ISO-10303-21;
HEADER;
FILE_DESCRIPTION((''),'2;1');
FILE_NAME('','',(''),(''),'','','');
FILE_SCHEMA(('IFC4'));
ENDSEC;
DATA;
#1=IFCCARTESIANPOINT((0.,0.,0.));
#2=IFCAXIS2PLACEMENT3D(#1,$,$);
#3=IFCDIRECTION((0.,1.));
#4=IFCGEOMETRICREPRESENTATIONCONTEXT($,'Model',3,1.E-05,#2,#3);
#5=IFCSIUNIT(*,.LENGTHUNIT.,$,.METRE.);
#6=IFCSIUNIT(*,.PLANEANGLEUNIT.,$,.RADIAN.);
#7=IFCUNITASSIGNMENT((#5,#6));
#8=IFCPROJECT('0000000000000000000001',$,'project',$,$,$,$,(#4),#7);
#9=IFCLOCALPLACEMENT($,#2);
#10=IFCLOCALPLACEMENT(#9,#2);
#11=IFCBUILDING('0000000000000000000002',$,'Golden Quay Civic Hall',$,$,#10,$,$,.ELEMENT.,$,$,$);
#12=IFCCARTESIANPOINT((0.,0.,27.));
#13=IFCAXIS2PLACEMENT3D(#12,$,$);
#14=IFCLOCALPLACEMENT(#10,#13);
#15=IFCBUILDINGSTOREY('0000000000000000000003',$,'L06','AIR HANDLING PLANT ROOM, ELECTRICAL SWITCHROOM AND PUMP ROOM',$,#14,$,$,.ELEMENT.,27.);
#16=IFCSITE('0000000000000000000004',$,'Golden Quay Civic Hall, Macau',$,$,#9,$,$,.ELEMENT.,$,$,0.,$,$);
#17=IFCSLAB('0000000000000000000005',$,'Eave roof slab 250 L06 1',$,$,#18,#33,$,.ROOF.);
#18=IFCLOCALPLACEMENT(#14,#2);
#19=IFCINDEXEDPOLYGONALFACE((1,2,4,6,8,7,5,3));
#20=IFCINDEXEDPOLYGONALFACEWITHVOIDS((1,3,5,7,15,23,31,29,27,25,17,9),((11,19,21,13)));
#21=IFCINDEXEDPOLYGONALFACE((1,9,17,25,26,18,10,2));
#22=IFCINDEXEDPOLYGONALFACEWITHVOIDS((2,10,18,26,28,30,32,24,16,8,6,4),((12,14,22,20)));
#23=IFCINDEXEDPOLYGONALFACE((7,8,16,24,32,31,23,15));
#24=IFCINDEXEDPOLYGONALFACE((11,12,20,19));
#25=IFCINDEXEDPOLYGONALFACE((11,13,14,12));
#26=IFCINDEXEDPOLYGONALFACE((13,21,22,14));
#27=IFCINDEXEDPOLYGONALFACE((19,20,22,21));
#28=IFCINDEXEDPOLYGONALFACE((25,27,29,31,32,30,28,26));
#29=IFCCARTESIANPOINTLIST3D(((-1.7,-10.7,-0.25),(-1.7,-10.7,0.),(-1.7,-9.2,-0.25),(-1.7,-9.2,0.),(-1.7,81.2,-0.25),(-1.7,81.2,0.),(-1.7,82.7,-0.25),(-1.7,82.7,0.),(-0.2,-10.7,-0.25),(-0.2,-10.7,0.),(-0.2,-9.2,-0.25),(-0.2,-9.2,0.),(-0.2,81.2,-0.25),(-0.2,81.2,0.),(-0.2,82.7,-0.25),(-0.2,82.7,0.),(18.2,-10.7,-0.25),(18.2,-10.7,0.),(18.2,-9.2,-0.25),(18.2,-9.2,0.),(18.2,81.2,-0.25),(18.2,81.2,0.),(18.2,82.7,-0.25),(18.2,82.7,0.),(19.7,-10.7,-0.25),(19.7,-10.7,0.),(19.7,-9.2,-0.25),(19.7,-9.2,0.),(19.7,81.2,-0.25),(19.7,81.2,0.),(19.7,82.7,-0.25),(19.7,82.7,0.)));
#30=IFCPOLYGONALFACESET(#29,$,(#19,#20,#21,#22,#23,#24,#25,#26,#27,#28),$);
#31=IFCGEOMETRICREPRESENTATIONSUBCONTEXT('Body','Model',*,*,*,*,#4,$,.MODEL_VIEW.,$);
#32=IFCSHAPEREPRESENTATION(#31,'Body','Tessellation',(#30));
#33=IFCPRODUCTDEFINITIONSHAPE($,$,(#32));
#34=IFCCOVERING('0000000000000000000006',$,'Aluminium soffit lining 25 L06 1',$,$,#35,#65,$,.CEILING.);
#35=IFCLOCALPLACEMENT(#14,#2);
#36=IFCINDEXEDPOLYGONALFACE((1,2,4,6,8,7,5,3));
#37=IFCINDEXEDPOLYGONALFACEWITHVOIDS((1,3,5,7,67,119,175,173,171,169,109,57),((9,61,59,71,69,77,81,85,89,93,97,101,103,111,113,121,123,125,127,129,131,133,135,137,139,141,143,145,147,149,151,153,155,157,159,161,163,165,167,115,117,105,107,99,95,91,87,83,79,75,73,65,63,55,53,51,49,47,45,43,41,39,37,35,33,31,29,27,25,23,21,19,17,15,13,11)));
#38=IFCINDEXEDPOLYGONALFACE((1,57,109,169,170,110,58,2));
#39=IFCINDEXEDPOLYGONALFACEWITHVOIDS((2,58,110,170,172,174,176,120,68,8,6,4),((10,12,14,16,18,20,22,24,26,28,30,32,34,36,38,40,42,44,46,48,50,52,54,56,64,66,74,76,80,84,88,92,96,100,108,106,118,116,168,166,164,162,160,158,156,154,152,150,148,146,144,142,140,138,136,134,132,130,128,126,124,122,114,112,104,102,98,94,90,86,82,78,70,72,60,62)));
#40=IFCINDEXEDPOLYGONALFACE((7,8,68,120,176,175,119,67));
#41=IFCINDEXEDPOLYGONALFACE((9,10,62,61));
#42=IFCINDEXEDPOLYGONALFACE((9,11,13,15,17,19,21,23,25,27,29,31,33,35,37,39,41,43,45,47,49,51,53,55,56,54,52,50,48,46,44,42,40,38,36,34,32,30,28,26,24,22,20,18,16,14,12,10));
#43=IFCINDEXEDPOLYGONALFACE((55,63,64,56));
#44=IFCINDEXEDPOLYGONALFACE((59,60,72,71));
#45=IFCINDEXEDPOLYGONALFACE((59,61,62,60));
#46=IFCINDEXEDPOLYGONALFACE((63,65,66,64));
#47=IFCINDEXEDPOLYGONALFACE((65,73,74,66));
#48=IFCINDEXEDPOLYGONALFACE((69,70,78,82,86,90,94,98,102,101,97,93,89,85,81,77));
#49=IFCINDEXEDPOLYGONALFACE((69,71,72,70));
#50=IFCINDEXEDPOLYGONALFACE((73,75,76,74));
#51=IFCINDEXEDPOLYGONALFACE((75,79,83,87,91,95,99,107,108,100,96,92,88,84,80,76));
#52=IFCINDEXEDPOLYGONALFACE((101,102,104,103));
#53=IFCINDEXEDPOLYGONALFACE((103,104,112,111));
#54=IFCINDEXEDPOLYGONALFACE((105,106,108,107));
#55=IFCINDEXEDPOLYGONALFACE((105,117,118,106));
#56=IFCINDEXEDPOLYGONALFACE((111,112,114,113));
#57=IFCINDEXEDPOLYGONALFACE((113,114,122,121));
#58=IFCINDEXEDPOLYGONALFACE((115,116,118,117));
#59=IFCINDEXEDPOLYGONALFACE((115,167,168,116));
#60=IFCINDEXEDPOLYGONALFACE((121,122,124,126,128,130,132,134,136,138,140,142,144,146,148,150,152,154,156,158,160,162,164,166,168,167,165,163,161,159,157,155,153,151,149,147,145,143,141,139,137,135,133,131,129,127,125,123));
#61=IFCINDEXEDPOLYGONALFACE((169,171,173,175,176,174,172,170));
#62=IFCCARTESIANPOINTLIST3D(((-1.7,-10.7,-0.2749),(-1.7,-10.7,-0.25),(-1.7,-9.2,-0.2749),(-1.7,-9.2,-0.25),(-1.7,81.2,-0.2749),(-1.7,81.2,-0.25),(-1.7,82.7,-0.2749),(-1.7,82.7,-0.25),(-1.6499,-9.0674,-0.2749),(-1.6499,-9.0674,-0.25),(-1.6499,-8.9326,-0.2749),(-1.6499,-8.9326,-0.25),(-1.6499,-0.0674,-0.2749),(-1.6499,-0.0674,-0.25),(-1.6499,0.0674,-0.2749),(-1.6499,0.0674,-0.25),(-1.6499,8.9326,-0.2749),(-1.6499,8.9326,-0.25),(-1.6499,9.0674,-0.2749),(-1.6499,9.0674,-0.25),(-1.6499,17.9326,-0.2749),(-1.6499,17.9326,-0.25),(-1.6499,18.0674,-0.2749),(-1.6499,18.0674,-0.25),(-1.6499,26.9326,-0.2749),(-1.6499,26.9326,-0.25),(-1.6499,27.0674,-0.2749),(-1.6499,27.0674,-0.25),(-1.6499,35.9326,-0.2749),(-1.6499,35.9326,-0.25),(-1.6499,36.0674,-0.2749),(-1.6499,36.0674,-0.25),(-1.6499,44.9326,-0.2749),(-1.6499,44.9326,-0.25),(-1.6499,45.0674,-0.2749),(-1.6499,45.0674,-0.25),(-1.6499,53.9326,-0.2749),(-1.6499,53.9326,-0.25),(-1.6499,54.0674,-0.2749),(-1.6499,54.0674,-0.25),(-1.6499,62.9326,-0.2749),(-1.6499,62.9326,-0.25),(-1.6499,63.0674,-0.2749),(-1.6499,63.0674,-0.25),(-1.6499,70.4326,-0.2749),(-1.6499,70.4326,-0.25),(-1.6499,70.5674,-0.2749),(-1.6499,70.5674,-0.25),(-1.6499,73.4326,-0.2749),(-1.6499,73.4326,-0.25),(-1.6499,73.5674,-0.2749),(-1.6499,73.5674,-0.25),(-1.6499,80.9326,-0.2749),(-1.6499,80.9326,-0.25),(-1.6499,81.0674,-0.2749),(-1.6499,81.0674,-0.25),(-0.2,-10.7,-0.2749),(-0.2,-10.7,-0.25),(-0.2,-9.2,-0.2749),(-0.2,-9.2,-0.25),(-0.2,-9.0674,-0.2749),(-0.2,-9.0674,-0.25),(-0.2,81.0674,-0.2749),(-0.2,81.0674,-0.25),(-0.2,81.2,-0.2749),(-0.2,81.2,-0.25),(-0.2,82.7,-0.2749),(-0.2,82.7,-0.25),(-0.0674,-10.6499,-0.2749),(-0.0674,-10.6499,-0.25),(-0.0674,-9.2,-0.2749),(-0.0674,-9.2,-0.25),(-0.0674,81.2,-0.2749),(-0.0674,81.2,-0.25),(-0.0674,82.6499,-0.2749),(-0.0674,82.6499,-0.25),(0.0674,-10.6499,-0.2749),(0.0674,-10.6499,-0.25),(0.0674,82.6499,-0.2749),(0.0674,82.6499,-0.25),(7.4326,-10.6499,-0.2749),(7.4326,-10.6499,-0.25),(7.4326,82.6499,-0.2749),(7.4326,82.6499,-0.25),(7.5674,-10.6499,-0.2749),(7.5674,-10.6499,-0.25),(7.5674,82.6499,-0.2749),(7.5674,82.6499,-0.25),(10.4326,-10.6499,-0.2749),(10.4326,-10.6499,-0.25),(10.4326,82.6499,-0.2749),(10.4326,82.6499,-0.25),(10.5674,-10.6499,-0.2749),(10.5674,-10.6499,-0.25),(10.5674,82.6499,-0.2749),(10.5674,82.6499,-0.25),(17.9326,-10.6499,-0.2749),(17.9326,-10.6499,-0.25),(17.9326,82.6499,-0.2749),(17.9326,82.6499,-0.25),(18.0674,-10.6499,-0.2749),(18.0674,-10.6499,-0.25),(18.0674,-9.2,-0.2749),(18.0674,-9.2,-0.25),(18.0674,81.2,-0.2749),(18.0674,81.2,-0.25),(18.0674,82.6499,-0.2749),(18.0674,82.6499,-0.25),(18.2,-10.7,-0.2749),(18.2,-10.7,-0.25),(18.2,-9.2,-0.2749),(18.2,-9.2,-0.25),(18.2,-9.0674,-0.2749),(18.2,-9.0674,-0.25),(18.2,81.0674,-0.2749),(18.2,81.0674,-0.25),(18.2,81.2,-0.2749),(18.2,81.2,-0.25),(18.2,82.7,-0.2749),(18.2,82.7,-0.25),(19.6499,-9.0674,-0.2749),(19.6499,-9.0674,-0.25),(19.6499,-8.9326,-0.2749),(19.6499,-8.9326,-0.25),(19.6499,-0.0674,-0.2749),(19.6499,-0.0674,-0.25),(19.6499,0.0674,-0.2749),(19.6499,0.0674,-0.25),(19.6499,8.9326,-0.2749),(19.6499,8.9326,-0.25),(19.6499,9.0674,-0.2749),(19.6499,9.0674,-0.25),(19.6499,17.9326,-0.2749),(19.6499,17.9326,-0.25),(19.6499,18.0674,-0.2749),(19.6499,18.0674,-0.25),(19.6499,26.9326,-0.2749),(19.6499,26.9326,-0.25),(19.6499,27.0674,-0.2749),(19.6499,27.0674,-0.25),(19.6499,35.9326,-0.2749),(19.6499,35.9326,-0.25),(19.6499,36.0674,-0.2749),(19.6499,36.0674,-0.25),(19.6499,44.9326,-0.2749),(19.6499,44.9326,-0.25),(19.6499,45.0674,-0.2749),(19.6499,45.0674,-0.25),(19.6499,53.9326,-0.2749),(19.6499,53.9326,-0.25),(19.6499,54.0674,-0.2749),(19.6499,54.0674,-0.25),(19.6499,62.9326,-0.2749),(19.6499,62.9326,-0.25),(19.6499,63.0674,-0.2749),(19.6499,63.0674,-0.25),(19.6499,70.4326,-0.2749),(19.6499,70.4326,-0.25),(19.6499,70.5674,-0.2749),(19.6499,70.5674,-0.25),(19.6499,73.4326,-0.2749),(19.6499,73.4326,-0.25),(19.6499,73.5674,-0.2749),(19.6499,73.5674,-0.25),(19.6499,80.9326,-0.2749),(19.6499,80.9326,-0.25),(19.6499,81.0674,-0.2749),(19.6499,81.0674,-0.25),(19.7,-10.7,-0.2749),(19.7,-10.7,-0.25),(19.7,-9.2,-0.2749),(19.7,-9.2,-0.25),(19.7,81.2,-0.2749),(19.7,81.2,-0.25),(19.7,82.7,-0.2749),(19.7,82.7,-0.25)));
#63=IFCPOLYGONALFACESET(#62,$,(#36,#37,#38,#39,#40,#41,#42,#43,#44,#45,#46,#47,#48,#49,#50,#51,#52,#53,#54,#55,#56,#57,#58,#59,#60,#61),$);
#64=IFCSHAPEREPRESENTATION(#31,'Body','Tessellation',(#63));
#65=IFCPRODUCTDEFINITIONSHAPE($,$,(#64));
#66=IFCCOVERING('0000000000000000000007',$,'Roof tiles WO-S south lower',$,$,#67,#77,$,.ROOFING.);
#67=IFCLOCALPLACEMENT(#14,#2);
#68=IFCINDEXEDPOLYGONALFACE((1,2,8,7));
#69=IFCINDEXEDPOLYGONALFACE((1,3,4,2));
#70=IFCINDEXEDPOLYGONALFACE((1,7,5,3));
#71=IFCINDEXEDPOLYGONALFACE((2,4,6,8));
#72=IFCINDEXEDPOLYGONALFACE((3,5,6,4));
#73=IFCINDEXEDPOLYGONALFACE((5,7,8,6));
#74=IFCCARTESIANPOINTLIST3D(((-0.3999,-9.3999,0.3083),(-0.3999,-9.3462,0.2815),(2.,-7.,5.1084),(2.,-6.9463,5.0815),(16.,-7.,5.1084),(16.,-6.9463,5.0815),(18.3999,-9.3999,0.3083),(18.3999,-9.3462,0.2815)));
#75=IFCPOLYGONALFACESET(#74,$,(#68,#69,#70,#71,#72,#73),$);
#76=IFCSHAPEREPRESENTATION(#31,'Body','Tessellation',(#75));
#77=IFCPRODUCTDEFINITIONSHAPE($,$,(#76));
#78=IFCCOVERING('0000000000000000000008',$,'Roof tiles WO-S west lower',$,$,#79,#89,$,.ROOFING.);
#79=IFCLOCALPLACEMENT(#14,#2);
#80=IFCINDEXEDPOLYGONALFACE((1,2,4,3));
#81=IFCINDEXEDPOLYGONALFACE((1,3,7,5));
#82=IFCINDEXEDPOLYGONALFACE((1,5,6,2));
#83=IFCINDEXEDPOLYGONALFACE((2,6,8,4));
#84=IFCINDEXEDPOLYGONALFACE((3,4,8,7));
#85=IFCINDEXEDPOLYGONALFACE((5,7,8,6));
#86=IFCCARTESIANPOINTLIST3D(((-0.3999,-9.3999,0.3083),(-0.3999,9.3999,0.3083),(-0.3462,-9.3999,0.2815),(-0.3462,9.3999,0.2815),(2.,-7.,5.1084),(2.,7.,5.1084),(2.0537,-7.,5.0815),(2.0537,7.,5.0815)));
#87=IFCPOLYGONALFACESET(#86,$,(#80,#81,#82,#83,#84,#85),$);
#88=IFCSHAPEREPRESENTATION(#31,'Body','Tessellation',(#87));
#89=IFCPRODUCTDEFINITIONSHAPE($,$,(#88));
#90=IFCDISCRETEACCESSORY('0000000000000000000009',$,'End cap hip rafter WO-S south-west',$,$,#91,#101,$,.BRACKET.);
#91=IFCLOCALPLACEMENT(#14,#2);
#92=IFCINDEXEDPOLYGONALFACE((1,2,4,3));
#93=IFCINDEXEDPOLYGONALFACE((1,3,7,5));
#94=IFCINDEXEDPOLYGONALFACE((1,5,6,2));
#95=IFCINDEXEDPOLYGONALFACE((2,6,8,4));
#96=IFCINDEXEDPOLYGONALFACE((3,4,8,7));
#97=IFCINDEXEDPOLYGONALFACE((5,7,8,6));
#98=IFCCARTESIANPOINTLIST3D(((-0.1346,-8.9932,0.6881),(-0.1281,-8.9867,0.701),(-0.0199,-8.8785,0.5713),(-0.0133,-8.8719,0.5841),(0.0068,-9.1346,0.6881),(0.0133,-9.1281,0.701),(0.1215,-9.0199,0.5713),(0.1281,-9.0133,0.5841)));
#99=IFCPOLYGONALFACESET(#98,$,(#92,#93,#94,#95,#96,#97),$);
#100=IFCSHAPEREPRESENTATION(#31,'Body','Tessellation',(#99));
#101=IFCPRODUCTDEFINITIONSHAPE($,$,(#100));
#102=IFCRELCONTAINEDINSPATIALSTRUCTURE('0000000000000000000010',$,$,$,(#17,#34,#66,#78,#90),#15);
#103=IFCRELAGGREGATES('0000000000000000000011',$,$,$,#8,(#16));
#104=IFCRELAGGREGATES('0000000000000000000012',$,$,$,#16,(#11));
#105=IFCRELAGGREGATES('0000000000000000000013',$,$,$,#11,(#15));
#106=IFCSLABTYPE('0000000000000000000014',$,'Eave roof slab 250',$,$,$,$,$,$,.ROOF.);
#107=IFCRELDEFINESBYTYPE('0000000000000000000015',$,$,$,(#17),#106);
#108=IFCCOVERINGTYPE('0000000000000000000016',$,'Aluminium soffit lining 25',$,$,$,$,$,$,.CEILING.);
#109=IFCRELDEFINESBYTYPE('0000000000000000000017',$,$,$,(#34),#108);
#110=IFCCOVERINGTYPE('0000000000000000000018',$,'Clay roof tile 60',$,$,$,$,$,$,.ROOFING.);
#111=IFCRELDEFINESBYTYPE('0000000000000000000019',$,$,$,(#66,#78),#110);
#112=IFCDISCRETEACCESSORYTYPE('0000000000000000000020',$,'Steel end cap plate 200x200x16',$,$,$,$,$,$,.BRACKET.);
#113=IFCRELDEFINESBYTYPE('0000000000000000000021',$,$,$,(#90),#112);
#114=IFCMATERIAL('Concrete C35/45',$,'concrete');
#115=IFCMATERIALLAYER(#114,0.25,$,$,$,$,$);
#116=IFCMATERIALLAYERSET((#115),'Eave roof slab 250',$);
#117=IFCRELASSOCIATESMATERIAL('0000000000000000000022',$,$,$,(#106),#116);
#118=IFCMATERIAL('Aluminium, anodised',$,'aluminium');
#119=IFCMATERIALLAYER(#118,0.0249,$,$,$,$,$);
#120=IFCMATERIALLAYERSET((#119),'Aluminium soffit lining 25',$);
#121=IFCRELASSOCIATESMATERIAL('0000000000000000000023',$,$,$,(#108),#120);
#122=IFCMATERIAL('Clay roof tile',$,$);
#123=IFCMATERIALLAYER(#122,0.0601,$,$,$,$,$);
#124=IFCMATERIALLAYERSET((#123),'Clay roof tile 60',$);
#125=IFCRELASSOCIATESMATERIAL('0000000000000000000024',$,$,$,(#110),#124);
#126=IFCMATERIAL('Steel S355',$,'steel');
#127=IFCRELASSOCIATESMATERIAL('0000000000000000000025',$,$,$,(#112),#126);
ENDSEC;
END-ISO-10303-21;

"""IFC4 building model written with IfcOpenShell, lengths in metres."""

from ifc_helpers import new_model, si_unit, direction, frame, origin, origin_2d, place, context, subcontext, project, spatial, polyline, rectangle, outline, extrude, material, layer, layer_set, material_profile, profile_set, type_object, element, save


model = new_model("IFC4")

# Units and contexts
model_context = context("Model", 3, precision=1e-05, world=origin(), true_north=direction((0.0, 1.0)))
body_context = subcontext(model_context, "Body", "Model", "MODEL_VIEW")
ifc_project = project(units=[si_unit("LENGTHUNIT", "METRE"), si_unit("PLANEANGLEUNIT", "RADIAN")], contexts=[model_context])

# Site, building, storey
site_placement = place(None, origin())
site = spatial("IfcSite", under=ifc_project, at=site_placement, Name="Golden Quay Civic Hall, Macau", CompositionType="ELEMENT", RefElevation=0.0)
building_placement = place(site_placement, origin())
building = spatial("IfcBuilding", under=site, at=building_placement, Name="Golden Quay Civic Hall", CompositionType="ELEMENT")
storey_placement = place(building_placement, frame((0.0, 0.0, 27.0)))
storey = spatial("IfcBuildingStorey", under=building, at=storey_placement, Name="L06", Description="AIR HANDLING PLANT ROOM, ELECTRICAL SWITCHROOM AND PUMP ROOM", CompositionType="ELEMENT", Elevation=27.0)

# Slab
ifc_material_1 = material(Name="Concrete C35/45", Category="concrete")
ifc_layer_1 = layer(ifc_material_1, 0.25)
ifc_layer_set_1 = layer_set([ifc_layer_1], Name="Eave roof slab 250")
slab_type_1 = type_object("IfcSlabType", Name="Eave roof slab 250", PredefinedType="ROOF", material=ifc_layer_set_1)
slab_1_placement = place(storey_placement, frame((0.0, 0.0, -0.25)))
element("IfcSlab", 1, at=slab_1_placement, inside=storey, type_object=slab_type_1, Name="Eave roof slab 250 L06 1", PredefinedType="ROOF", context=body_context, shape_type="SweptSolid", body=[
    extrude(outline(polyline([(18.2, -10.7), (-0.2, -10.7), (-1.7, -10.7), (-1.7, -9.2), (-1.7, 81.2), (-1.7, 82.7), (-0.2, 82.7), (18.2, 82.7), (19.7, 82.7), (19.7, 81.2), (19.7, -9.2), (19.7, -10.7), (18.2, -10.7)]), holes=[polyline([(18.2, -9.2), (18.2, 81.2), (-0.2, 81.2), (-0.2, -9.2), (18.2, -9.2)])]), origin(), (0.0, 0.0, 1.0), 0.25),
])

# Coverings
ifc_material_2 = material(Name="Aluminium, anodised", Category="aluminium")
ifc_layer_2 = layer(ifc_material_2, 0.0249)
ifc_layer_set_2 = layer_set([ifc_layer_2], Name="Aluminium soffit lining 25")
covering_type_1 = type_object("IfcCoveringType", Name="Aluminium soffit lining 25", PredefinedType="CEILING", material=ifc_layer_set_2)
covering_1_placement = place(storey_placement, frame((0.0, 0.0, -0.2749)))
element("IfcCovering", 2, at=covering_1_placement, inside=storey, type_object=covering_type_1, Name="Aluminium soffit lining 25 L06 1", PredefinedType="CEILING", context=body_context, shape_type="SweptSolid", body=[
    extrude(outline(polyline([(-0.2, -10.7), (-1.7, -10.7), (-1.7, -9.2), (-1.7, 81.2), (-1.7, 82.7), (-0.2, 82.7), (18.2, 82.7), (19.7, 82.7), (19.7, 81.2), (19.7, -9.2), (19.7, -10.7), (18.2, -10.7), (-0.2, -10.7)]), holes=[polyline([(18.2, -9.0674), (19.6499, -9.0674), (19.6499, -8.9326), (19.6499, -0.0674), (19.6499, 0.0674), (19.6499, 8.9326), (19.6499, 9.0674), (19.6499, 17.9326), (19.6499, 18.0674), (19.6499, 26.9326), (19.6499, 27.0674), (19.6499, 35.9326), (19.6499, 36.0674), (19.6499, 44.9326), (19.6499, 45.0674), (19.6499, 53.9326), (19.6499, 54.0674), (19.6499, 62.9326), (19.6499, 63.0674), (19.6499, 70.4326), (19.6499, 70.5674), (19.6499, 73.4326), (19.6499, 73.5674), (19.6499, 80.9326), (19.6499, 81.0674), (18.2, 81.0674), (18.2, 81.2), (18.0674, 81.2), (18.0674, 82.6499), (17.9326, 82.6499), (10.5674, 82.6499), (10.4326, 82.6499), (7.5674, 82.6499), (7.4326, 82.6499), (0.0674, 82.6499), (-0.0674, 82.6499), (-0.0674, 81.2), (-0.2, 81.2), (-0.2, 81.0674), (-1.6499, 81.0674), (-1.6499, 80.9326), (-1.6499, 73.5674), (-1.6499, 73.4326), (-1.6499, 70.5674), (-1.6499, 70.4326), (-1.6499, 63.0674), (-1.6499, 62.9326), (-1.6499, 54.0674), (-1.6499, 53.9326), (-1.6499, 45.0674), (-1.6499, 44.9326), (-1.6499, 36.0674), (-1.6499, 35.9326), (-1.6499, 27.0674), (-1.6499, 26.9326), (-1.6499, 18.0674), (-1.6499, 17.9326), (-1.6499, 9.0674), (-1.6499, 8.9326), (-1.6499, 0.0674), (-1.6499, -0.0674), (-1.6499, -8.9326), (-1.6499, -9.0674), (-0.2, -9.0674), (-0.2, -9.2), (-0.0674, -9.2), (-0.0674, -10.6499), (0.0674, -10.6499), (7.4326, -10.6499), (7.5674, -10.6499), (10.4326, -10.6499), (10.5674, -10.6499), (17.9326, -10.6499), (18.0674, -10.6499), (18.0674, -9.2), (18.2, -9.2), (18.2, -9.0674)])]), origin(), (0.0, 0.0, 1.0), 0.0249),
])
ifc_material_3 = material(Name="Clay roof tile")
ifc_layer_3 = layer(ifc_material_3, 0.0601)
ifc_layer_set_3 = layer_set([ifc_layer_3], Name="Clay roof tile 60")
covering_type_2 = type_object("IfcCoveringType", Name="Clay roof tile 60", PredefinedType="ROOFING", material=ifc_layer_set_3)
covering_2_placement = place(storey_placement, frame((-0.3999, -9.3999, 0.3083), z_axis=(0.0, -0.894436, 0.447195), x_axis=(1.0, 0.0, 0.0)))
element("IfcCovering", 3, at=covering_2_placement, inside=storey, type_object=covering_type_2, Name="Roof tiles WO-S south lower", PredefinedType="ROOFING", context=body_context, shape_type="SweptSolid", body=[
    extrude(outline(polyline([(0.0, 0.0), (18.7998, 0.0), (16.3999, 5.3666), (2.3999, 5.3666), (0.0, 0.0)])), origin(), (0.0, 0.0, -1.0), 0.0601),
])
covering_3_placement = place(storey_placement, frame((-0.3999, -9.3999, 0.3083), z_axis=(-0.894436, 0.0, 0.447195), x_axis=(0.0, 1.0, 0.0)))
element("IfcCovering", 4, at=covering_3_placement, inside=storey, type_object=covering_type_2, Name="Roof tiles WO-S west lower", PredefinedType="ROOFING", context=body_context, shape_type="SweptSolid", body=[
    extrude(outline(polyline([(0.0, 0.0), (18.7998, 0.0), (16.3999, -5.3666), (2.3999, -5.3666), (0.0, 0.0)])), origin(), (0.0, 0.0, -1.0), 0.0601),
])

# Discrete accessory
ifc_material_4 = material(Name="Steel S355", Category="steel")
ifc_material_profile_1 = material_profile(ifc_material_4, rectangle(XDim=0.2, YDim=0.2, at=origin_2d()), Name="Steel end cap plate 200x200x16")
ifc_profile_set_1 = profile_set([ifc_material_profile_1], Name="Steel S355")
discrete_accessory_type = type_object("IfcDiscreteAccessoryType", Name="Steel end cap plate 200x200x16", PredefinedType="BRACKET", material=ifc_profile_set_1)
discrete_accessory_placement = place(storey_placement, frame((0.0, -9.0, 0.6426), z_axis=(-0.413335, -0.413335, -0.811362), x_axis=(0.707107, -0.707107, 0.0)))
element("IfcDiscreteAccessory", 5, at=discrete_accessory_placement, inside=storey, type_object=discrete_accessory_type, Name="End cap hip rafter WO-S south-west", PredefinedType="BRACKET", context=body_context, shape_type="SweptSolid", body=[
    extrude(rectangle(XDim=0.2, YDim=0.2, at=origin_2d()), origin(), (0.0, 0.0, 1.0), 0.0159),
])

save(model, "model.ifc")
